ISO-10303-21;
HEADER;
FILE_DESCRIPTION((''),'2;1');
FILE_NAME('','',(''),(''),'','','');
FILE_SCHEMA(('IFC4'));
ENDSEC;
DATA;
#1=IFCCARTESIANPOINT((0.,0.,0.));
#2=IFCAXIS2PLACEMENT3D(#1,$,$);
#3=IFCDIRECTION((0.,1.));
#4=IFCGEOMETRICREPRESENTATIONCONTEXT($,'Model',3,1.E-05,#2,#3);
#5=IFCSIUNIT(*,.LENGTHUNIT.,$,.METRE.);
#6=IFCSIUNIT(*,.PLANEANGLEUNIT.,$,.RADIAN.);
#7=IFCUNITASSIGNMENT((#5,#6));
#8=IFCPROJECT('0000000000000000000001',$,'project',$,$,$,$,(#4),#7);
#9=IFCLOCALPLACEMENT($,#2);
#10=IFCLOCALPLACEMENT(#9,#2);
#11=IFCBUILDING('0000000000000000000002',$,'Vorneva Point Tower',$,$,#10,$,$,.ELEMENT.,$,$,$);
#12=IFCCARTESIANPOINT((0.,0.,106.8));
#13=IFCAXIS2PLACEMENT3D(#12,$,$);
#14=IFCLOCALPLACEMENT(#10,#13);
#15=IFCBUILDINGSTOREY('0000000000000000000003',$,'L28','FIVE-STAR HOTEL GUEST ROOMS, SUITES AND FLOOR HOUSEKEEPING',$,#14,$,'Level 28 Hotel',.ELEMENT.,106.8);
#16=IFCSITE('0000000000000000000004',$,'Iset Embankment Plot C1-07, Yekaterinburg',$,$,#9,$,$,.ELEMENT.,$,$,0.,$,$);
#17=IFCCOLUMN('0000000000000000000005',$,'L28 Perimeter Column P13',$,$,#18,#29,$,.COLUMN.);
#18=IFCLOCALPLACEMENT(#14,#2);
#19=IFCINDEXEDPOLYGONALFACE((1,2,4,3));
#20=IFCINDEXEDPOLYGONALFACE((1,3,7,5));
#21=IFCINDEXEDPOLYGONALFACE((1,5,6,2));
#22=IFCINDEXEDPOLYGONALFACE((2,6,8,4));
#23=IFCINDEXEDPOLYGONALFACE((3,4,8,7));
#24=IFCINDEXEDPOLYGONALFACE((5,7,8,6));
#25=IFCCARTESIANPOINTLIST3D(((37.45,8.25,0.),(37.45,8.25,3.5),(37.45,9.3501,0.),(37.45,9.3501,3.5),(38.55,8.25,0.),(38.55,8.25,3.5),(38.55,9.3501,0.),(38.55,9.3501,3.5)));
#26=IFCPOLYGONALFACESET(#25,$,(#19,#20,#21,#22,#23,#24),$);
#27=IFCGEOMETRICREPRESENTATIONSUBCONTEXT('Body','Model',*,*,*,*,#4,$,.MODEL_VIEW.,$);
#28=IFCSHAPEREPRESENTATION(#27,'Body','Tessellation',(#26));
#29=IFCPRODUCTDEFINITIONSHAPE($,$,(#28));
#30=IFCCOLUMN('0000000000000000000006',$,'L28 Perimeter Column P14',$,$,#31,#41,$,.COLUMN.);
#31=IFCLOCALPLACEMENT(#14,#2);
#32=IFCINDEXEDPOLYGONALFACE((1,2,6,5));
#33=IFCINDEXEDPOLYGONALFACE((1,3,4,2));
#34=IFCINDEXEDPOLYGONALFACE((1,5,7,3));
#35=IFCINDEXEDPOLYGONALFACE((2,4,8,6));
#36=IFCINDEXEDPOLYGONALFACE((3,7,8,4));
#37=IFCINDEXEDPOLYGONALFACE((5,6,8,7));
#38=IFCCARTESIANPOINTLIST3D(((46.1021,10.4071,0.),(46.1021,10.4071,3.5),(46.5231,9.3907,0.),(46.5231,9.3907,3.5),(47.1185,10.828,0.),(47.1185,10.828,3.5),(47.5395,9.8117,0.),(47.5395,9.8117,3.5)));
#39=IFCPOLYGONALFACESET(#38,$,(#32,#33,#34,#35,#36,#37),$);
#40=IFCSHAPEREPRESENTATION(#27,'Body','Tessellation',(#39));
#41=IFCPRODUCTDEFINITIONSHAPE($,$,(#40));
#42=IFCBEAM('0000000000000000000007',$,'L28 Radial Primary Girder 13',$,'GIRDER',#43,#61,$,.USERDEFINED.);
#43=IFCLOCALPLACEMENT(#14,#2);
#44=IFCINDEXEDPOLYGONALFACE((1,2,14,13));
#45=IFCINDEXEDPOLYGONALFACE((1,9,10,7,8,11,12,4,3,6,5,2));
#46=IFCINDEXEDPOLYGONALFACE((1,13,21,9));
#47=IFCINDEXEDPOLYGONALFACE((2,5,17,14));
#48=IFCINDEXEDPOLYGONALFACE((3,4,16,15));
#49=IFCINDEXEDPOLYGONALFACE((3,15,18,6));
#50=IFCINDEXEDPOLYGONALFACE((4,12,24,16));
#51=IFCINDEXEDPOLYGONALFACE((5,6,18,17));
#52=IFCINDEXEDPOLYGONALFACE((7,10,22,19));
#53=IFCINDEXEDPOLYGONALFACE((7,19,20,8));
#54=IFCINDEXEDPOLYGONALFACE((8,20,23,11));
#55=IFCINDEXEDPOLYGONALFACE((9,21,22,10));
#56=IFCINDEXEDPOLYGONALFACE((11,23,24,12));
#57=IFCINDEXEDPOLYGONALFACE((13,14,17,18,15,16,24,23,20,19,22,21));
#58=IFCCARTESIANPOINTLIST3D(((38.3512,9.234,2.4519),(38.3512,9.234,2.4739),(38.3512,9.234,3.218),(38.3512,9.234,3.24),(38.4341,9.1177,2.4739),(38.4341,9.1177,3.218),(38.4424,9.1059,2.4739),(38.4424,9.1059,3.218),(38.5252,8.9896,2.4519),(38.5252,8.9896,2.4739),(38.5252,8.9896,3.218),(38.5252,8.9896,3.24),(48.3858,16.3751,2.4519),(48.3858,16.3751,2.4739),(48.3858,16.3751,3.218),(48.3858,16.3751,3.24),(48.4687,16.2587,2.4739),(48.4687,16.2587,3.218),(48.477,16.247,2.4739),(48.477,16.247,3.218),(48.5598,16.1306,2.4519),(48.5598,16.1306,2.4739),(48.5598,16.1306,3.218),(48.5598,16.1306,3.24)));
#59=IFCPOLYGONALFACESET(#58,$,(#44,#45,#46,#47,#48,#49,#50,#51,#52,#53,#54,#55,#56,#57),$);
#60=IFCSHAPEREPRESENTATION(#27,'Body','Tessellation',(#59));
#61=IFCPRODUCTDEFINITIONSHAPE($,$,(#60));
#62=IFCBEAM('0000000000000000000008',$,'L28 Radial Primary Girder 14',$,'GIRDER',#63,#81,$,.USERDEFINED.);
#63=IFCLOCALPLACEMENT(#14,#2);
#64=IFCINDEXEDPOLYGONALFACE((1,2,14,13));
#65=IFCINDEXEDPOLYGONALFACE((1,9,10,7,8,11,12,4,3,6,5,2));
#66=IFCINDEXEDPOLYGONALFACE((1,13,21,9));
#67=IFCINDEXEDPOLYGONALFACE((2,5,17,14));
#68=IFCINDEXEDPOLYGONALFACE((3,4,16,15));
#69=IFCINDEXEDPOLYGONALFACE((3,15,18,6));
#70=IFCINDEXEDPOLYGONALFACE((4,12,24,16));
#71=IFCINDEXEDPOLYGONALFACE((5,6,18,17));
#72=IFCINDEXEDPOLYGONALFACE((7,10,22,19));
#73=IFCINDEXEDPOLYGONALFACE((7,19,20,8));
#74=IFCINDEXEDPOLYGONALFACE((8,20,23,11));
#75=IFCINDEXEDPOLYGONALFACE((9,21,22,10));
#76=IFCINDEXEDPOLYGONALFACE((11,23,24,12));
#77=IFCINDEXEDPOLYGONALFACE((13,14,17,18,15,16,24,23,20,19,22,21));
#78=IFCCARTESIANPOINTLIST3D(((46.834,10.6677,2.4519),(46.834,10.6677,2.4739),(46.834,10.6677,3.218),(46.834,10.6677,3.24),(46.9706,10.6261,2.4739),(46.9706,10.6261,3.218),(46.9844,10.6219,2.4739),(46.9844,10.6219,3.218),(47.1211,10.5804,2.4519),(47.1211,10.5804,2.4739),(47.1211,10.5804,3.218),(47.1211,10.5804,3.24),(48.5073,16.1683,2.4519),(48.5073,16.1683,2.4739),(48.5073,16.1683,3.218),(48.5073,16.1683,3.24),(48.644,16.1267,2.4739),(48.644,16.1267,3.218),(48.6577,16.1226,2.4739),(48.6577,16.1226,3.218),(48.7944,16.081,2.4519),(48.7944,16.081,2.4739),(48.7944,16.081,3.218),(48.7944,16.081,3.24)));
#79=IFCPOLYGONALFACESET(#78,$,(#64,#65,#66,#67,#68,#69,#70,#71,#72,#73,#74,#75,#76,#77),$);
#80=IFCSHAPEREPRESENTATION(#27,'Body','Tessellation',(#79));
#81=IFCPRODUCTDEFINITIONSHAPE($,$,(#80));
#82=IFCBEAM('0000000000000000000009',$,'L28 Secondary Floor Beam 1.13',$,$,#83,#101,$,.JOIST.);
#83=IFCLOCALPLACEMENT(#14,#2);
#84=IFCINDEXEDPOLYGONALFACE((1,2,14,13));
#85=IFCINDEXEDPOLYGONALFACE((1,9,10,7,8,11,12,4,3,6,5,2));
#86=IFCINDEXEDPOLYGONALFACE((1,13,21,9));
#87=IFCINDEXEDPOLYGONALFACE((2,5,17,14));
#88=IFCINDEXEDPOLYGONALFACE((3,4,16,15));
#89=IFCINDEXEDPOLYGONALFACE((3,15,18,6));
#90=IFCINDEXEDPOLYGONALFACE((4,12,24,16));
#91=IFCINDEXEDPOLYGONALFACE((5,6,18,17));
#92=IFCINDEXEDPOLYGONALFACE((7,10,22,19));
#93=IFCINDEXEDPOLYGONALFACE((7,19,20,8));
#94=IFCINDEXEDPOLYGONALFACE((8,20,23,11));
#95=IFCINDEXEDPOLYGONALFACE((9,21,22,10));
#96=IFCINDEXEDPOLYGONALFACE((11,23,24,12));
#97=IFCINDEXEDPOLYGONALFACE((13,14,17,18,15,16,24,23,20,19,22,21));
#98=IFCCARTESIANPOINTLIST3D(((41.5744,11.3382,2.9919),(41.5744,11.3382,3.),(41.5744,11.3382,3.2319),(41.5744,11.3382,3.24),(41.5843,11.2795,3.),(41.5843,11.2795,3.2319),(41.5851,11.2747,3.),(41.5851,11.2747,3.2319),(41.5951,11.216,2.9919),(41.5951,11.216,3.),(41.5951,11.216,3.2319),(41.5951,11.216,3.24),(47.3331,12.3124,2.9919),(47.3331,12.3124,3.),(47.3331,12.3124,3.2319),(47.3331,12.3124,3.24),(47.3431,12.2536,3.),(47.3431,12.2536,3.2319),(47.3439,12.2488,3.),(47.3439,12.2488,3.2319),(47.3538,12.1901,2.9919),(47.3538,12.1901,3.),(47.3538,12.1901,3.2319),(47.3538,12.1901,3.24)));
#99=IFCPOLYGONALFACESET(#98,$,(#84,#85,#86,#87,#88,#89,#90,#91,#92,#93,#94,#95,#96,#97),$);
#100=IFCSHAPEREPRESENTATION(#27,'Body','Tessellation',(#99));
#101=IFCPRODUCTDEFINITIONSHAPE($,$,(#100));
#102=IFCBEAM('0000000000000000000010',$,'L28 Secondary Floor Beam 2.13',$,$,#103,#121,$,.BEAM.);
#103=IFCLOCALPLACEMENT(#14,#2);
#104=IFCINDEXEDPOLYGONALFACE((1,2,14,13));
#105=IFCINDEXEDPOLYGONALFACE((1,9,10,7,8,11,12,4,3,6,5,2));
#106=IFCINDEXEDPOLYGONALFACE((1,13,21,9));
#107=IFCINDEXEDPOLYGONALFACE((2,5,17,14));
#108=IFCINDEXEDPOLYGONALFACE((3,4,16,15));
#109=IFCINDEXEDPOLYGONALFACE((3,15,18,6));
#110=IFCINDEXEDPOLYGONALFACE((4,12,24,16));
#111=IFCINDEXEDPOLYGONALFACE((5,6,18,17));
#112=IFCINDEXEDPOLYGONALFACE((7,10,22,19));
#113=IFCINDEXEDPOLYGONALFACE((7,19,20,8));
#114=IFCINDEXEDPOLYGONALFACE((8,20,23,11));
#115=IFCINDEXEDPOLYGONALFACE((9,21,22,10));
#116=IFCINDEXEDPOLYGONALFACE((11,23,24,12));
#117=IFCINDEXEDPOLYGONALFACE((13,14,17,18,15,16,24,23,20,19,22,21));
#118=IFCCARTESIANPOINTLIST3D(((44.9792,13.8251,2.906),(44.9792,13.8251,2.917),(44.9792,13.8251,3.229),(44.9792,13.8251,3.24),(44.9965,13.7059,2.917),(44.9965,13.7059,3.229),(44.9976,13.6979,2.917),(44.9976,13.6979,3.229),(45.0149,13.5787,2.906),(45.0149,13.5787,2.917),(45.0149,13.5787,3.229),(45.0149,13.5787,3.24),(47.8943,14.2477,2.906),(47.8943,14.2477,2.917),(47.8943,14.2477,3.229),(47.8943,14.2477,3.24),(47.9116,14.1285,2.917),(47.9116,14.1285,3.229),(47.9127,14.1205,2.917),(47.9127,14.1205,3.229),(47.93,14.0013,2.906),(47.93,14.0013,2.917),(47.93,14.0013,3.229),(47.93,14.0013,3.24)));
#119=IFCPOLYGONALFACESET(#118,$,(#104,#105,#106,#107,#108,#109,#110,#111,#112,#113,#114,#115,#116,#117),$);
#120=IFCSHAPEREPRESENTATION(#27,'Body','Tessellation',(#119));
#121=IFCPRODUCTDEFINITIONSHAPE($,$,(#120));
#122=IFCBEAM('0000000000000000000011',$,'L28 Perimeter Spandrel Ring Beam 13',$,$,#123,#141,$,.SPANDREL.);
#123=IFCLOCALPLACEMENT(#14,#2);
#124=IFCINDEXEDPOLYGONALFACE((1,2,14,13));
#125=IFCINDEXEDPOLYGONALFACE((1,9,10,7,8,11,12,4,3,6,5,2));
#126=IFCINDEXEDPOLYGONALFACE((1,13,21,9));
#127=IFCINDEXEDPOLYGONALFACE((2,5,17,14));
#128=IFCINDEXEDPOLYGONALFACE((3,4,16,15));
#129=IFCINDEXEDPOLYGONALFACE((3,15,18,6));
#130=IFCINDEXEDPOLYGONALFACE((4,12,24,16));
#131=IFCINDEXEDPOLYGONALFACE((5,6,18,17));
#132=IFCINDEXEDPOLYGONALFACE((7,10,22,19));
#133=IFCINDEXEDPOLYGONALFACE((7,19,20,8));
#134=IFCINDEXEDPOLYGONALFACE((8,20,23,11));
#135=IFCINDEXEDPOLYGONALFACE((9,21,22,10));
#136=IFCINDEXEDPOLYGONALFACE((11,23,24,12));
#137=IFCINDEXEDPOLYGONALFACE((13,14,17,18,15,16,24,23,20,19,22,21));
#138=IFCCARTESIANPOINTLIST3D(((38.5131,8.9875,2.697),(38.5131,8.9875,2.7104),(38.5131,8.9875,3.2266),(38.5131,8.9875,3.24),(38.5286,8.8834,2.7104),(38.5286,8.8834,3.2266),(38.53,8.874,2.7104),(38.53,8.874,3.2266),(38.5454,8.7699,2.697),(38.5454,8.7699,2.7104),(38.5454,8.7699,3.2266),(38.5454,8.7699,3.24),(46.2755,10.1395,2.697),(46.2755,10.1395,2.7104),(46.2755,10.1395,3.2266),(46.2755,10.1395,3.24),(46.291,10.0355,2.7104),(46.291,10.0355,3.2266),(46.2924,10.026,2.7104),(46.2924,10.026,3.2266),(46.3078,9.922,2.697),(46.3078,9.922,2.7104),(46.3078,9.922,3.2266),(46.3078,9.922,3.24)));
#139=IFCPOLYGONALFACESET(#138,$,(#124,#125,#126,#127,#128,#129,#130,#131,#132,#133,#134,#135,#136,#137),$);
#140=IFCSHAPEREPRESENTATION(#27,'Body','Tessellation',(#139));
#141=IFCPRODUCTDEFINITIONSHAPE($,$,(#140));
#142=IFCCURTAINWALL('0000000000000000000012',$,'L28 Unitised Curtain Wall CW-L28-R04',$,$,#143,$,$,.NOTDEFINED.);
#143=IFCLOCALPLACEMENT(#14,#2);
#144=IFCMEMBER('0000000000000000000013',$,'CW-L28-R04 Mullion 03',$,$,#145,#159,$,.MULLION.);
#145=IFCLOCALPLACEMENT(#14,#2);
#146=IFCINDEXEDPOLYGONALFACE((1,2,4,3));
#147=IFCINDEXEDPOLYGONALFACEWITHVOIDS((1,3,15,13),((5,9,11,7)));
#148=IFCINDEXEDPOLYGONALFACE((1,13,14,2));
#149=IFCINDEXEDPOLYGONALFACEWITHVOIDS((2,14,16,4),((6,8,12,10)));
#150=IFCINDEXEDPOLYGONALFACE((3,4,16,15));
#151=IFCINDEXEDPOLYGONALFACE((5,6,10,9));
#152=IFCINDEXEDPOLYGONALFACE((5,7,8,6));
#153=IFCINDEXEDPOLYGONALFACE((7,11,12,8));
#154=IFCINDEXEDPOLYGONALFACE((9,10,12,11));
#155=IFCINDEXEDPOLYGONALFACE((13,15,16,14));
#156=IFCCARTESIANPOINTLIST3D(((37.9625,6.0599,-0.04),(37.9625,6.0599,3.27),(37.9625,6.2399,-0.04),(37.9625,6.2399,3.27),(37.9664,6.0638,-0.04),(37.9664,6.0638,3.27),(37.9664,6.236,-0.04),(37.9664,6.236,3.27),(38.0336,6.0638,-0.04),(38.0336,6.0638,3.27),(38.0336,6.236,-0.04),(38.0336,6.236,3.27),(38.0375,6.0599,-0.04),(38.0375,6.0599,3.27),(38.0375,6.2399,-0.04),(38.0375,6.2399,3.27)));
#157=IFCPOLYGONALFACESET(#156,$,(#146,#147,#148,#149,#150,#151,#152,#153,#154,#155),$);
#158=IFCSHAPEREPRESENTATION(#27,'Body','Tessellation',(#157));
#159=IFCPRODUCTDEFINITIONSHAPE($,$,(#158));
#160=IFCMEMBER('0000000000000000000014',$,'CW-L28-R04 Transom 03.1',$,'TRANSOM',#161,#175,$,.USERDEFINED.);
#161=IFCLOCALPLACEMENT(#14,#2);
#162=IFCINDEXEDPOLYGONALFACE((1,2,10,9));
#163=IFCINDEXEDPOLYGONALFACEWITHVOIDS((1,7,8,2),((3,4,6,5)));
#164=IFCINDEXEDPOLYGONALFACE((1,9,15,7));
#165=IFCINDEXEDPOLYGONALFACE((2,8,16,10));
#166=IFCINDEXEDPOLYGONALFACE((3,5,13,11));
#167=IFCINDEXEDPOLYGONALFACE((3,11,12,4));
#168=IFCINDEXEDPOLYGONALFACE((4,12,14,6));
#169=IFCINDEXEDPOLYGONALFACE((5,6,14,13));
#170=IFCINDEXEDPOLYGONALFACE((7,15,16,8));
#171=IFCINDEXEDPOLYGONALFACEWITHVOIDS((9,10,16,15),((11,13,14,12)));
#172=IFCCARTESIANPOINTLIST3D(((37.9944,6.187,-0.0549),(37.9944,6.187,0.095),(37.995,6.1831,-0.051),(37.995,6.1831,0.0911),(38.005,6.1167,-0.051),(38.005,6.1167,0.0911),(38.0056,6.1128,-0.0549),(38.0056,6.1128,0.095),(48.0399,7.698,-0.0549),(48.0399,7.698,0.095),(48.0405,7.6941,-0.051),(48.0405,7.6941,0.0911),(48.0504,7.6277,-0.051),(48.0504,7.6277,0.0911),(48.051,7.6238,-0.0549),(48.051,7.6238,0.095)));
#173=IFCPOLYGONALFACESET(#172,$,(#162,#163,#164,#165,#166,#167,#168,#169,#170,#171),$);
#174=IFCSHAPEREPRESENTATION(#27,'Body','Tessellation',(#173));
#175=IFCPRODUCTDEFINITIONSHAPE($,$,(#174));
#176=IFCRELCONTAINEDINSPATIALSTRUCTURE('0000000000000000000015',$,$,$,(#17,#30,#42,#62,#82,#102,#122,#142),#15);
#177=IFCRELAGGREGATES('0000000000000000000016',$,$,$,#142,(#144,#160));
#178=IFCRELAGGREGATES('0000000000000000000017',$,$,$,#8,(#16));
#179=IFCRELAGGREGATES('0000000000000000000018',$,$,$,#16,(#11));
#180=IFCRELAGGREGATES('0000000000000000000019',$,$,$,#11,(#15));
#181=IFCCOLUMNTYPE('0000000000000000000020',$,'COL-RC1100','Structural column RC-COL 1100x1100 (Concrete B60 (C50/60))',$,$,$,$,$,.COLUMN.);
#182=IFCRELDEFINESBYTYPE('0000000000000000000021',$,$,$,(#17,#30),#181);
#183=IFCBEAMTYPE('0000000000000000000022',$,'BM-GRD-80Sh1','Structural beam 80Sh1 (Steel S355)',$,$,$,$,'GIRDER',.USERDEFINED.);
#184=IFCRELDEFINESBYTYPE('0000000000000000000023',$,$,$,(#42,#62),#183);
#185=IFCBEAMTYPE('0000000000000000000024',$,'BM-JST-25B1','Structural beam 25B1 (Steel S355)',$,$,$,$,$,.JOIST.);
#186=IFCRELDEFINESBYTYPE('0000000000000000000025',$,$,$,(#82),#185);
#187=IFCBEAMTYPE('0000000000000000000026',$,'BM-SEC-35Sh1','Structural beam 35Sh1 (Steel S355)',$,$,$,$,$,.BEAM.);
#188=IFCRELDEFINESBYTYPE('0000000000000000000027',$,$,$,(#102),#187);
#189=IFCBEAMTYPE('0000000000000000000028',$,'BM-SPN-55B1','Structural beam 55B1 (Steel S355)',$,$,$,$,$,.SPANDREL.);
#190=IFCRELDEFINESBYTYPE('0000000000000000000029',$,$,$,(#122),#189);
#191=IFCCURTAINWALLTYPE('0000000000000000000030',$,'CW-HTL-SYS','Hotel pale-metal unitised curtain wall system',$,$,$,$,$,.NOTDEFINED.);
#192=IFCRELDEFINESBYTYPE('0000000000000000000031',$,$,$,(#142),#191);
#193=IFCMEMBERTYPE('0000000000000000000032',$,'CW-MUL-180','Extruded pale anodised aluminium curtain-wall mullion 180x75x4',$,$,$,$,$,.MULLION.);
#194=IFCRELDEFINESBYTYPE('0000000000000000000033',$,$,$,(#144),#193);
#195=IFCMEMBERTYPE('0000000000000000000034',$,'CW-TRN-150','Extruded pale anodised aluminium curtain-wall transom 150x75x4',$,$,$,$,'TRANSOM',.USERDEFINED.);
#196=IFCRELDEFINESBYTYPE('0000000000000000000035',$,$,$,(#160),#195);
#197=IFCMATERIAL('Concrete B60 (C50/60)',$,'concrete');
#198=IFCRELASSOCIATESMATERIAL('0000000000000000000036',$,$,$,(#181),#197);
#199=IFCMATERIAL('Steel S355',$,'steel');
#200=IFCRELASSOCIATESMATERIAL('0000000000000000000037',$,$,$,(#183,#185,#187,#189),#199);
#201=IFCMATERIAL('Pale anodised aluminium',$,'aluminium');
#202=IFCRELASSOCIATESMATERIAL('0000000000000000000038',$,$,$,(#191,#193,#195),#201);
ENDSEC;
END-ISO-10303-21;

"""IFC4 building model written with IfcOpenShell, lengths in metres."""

from ifc_helpers import new_model, si_unit, direction, frame, origin, origin_2d, place, context, subcontext, project, spatial, rectangle, hollow_rectangle, i_section, extrude, material, material_profile, profile_set, type_object, element, aggregate, save


model = new_model("IFC4")

# Units and contexts
model_context = context("Model", 3, precision=1e-05, world=origin(), true_north=direction((0.0, 1.0)))
body_context = subcontext(model_context, "Body", "Model", "MODEL_VIEW")
ifc_project = project(units=[si_unit("LENGTHUNIT", "METRE"), si_unit("PLANEANGLEUNIT", "RADIAN")], contexts=[model_context])

# Site, building, storey
site_placement = place(None, origin())
site = spatial("IfcSite", under=ifc_project, at=site_placement, Name="Iset Embankment Plot C1-07, Yekaterinburg", CompositionType="ELEMENT", RefElevation=0.0)
building_placement = place(site_placement, origin())
building = spatial("IfcBuilding", under=site, at=building_placement, Name="Vorneva Point Tower", CompositionType="ELEMENT")
storey_placement = place(building_placement, frame((0.0, 0.0, 106.8)))
storey = spatial("IfcBuildingStorey", under=building, at=storey_placement, Name="L28", Description="FIVE-STAR HOTEL GUEST ROOMS, SUITES AND FLOOR HOUSEKEEPING", LongName="Level 28 Hotel", CompositionType="ELEMENT", Elevation=106.8)

# Columns
ifc_material_1 = material(Name="Concrete B60 (C50/60)", Category="concrete")
ifc_material_profile_1 = material_profile(ifc_material_1, rectangle(XDim=1.1001, YDim=1.1001, at=origin_2d()), Name="RC-COL 1100x1100")
ifc_profile_set_1 = profile_set([ifc_material_profile_1], Name="Concrete B60 (C50/60)")
column_type = type_object("IfcColumnType", Name="COL-RC1100", Description="Structural column RC-COL 1100x1100 (Concrete B60 (C50/60))", PredefinedType="COLUMN", material=ifc_profile_set_1)
for number, where, z_axis, x_axis, name in (
    (1, (38.0, 8.8, 0.0), (0.0, 0.0, 1.0), (0.0, -1.0, 0.0), "L28 Perimeter Column P13"),
    (2, (46.8208, 10.1094, 0.0), (0.0, 0.0, 1.0), (0.382683, -0.92388, 0.0), "L28 Perimeter Column P14"),
):
    element("IfcColumn", number, at=place(storey_placement, frame(where, z_axis=z_axis, x_axis=x_axis)), inside=storey, type_object=column_type, Name=name, PredefinedType="COLUMN", context=body_context, shape_type="SweptSolid", body=[
        extrude(rectangle(XDim=1.1001, YDim=1.1001, at=origin_2d()), origin(), (0.0, 0.0, 1.0), 3.5),
    ])

# Beams
ifc_material_2 = material(Name="Steel S355", Category="steel")
ifc_material_profile_2 = material_profile(ifc_material_2, i_section(OverallWidth=0.3, OverallDepth=0.7881, WebThickness=0.0144, FlangeThickness=0.022, at=origin_2d()), Name="80Sh1")
ifc_profile_set_2 = profile_set([ifc_material_profile_2], Name="Steel S355")
beam_type_1 = type_object("IfcBeamType", Name="BM-GRD-80Sh1", Description="Structural beam 80Sh1 (Steel S355)", ElementType="GIRDER", PredefinedType="USERDEFINED", material=ifc_profile_set_2)
beam_1_placement = place(storey_placement, frame((38.4382, 9.1118, 2.8459), z_axis=(0.81475, 0.579812, 0.0), x_axis=(-0.579812, 0.81475, 0.0)))
element("IfcBeam", 3, at=beam_1_placement, inside=storey, type_object=beam_type_1, Name="L28 Radial Primary Girder 13", ObjectType="GIRDER", PredefinedType="USERDEFINED", context=body_context, shape_type="SweptSolid", body=[
    extrude(i_section(OverallWidth=0.3, OverallDepth=0.7881, WebThickness=0.0144, FlangeThickness=0.022, at=origin_2d()), origin(), (0.0, 0.0, 1.0), 12.3162),
])
beam_2_placement = place(storey_placement, frame((46.9775, 10.624, 2.8459), z_axis=(0.291035, 0.956712, 0.0), x_axis=(-0.956712, 0.291035, 0.0)))
element("IfcBeam", 4, at=beam_2_placement, inside=storey, type_object=beam_type_1, Name="L28 Radial Primary Girder 14", ObjectType="GIRDER", PredefinedType="USERDEFINED", context=body_context, shape_type="SweptSolid", body=[
    extrude(i_section(OverallWidth=0.3, OverallDepth=0.7881, WebThickness=0.0144, FlangeThickness=0.022, at=origin_2d()), origin(), (0.0, 0.0, 1.0), 5.7495),
])
ifc_material_profile_3 = material_profile(ifc_material_2, i_section(OverallWidth=0.124, OverallDepth=0.248, WebThickness=0.0049, FlangeThickness=0.0081, at=origin_2d()), Name="25B1")
ifc_profile_set_3 = profile_set([ifc_material_profile_3], Name="Steel S355")
beam_type_2 = type_object("IfcBeamType", Name="BM-JST-25B1", Description="Structural beam 25B1 (Steel S355)", PredefinedType="JOIST", material=ifc_profile_set_3)
beam_3_placement = place(storey_placement, frame((41.5847, 11.2771, 3.116), z_axis=(0.985993, 0.166785, 0.0), x_axis=(-0.166785, 0.985993, 0.0)))
element("IfcBeam", 5, at=beam_3_placement, inside=storey, type_object=beam_type_2, Name="L28 Secondary Floor Beam 1.13", PredefinedType="JOIST", context=body_context, shape_type="SweptSolid", body=[
    extrude(i_section(OverallWidth=0.124, OverallDepth=0.248, WebThickness=0.0049, FlangeThickness=0.0081, at=origin_2d()), origin(), (0.0, 0.0, 1.0), 5.8406),
])
ifc_material_profile_4 = material_profile(ifc_material_2, i_section(OverallWidth=0.249, OverallDepth=0.334, WebThickness=0.0081, FlangeThickness=0.011, at=origin_2d()), Name="35Sh1")
ifc_profile_set_4 = profile_set([ifc_material_profile_4], Name="Steel S355")
beam_type_3 = type_object("IfcBeamType", Name="BM-SEC-35Sh1", Description="Structural beam 35Sh1 (Steel S355)", PredefinedType="BEAM", material=ifc_profile_set_4)
beam_4_placement = place(storey_placement, frame((44.9971, 13.7019, 3.073), z_axis=(0.989654, 0.143475, 0.0), x_axis=(-0.143475, 0.989654, 0.0)))
element("IfcBeam", 6, at=beam_4_placement, inside=storey, type_object=beam_type_3, Name="L28 Secondary Floor Beam 2.13", PredefinedType="BEAM", context=body_context, shape_type="SweptSolid", body=[
    extrude(i_section(OverallWidth=0.249, OverallDepth=0.334, WebThickness=0.0081, FlangeThickness=0.011, at=origin_2d()), origin(), (0.0, 0.0, 1.0), 2.9456),
])
ifc_material_profile_5 = material_profile(ifc_material_2, i_section(OverallWidth=0.22, OverallDepth=0.543, WebThickness=0.0095, FlangeThickness=0.0134, at=origin_2d()), Name="55B1")
ifc_profile_set_5 = profile_set([ifc_material_profile_5], Name="Steel S355")
beam_type_4 = type_object("IfcBeamType", Name="BM-SPN-55B1", Description="Structural beam 55B1 (Steel S355)", PredefinedType="SPANDREL", material=ifc_profile_set_5)
beam_5_placement = place(storey_placement, frame((38.5293, 8.8787, 2.9685), z_axis=(0.989165, 0.146811, 0.0), x_axis=(-0.146811, 0.989165, 0.0)))
element("IfcBeam", 7, at=beam_5_placement, inside=storey, type_object=beam_type_4, Name="L28 Perimeter Spandrel Ring Beam 13", PredefinedType="SPANDREL", context=body_context, shape_type="SweptSolid", body=[
    extrude(i_section(OverallWidth=0.22, OverallDepth=0.543, WebThickness=0.0095, FlangeThickness=0.0134, at=origin_2d()), origin(), (0.0, 0.0, 1.0), 7.8474),
])

# Curtain wall, members
ifc_material_3 = material(Name="Pale anodised aluminium", Category="aluminium")
curtain_wall_type = type_object("IfcCurtainWallType", Name="CW-HTL-SYS", Description="Hotel pale-metal unitised curtain wall system", PredefinedType="NOTDEFINED", material=ifc_material_3)
curtain_wall_placement = place(storey_placement, origin())
curtain_wall = element("IfcCurtainWall", 8, at=curtain_wall_placement, inside=storey, type_object=curtain_wall_type, Name="L28 Unitised Curtain Wall CW-L28-R04", PredefinedType="NOTDEFINED")
ifc_material_profile_6 = material_profile(ifc_material_3, hollow_rectangle(XDim=0.075, YDim=0.1799, WallThickness=0.0039, at=origin_2d()), Name="AL-MUL 180x75x4")
ifc_profile_set_6 = profile_set([ifc_material_profile_6], Name="Pale anodised aluminium")
member_type_1 = type_object("IfcMemberType", Name="CW-MUL-180", Description="Extruded pale anodised aluminium curtain-wall mullion 180x75x4", PredefinedType="MULLION", material=ifc_profile_set_6)
member_1_placement = place(storey_placement, frame((38.0, 6.1499, -0.04), z_axis=(0.0, 0.0, 1.0), x_axis=(1.0, 0.0, 0.0)))
member_1 = element("IfcMember", 9, at=member_1_placement, type_object=member_type_1, Name="CW-L28-R04 Mullion 03", PredefinedType="MULLION", context=body_context, shape_type="SweptSolid", body=[
    extrude(hollow_rectangle(XDim=0.075, YDim=0.1799, WallThickness=0.0039, at=origin_2d()), origin(), (0.0, 0.0, 1.0), 3.3101),
])
ifc_material_profile_7 = material_profile(ifc_material_3, hollow_rectangle(XDim=0.075, YDim=0.1499, WallThickness=0.0039, at=origin_2d()), Name="AL-TRN 150x75x4")
ifc_profile_set_7 = profile_set([ifc_material_profile_7], Name="Pale anodised aluminium")
member_type_2 = type_object("IfcMemberType", Name="CW-TRN-150", Description="Extruded pale anodised aluminium curtain-wall transom 150x75x4", ElementType="TRANSOM", PredefinedType="USERDEFINED", material=ifc_profile_set_7)
member_2_placement = place(storey_placement, frame((38.0, 6.1499, 0.02), z_axis=(0.988876, 0.148742, 0.0), x_axis=(-0.148742, 0.988876, 0.0)))
member_2 = element("IfcMember", 10, at=member_2_placement, type_object=member_type_2, Name="CW-L28-R04 Transom 03.1", ObjectType="TRANSOM", PredefinedType="USERDEFINED", context=body_context, shape_type="SweptSolid", body=[
    extrude(hollow_rectangle(XDim=0.075, YDim=0.1499, WallThickness=0.0039, at=origin_2d()), origin(), (0.0, 0.0, 1.0), 10.1584),
])
aggregate(curtain_wall, [member_1, member_2])

save(model, "model.ifc")
